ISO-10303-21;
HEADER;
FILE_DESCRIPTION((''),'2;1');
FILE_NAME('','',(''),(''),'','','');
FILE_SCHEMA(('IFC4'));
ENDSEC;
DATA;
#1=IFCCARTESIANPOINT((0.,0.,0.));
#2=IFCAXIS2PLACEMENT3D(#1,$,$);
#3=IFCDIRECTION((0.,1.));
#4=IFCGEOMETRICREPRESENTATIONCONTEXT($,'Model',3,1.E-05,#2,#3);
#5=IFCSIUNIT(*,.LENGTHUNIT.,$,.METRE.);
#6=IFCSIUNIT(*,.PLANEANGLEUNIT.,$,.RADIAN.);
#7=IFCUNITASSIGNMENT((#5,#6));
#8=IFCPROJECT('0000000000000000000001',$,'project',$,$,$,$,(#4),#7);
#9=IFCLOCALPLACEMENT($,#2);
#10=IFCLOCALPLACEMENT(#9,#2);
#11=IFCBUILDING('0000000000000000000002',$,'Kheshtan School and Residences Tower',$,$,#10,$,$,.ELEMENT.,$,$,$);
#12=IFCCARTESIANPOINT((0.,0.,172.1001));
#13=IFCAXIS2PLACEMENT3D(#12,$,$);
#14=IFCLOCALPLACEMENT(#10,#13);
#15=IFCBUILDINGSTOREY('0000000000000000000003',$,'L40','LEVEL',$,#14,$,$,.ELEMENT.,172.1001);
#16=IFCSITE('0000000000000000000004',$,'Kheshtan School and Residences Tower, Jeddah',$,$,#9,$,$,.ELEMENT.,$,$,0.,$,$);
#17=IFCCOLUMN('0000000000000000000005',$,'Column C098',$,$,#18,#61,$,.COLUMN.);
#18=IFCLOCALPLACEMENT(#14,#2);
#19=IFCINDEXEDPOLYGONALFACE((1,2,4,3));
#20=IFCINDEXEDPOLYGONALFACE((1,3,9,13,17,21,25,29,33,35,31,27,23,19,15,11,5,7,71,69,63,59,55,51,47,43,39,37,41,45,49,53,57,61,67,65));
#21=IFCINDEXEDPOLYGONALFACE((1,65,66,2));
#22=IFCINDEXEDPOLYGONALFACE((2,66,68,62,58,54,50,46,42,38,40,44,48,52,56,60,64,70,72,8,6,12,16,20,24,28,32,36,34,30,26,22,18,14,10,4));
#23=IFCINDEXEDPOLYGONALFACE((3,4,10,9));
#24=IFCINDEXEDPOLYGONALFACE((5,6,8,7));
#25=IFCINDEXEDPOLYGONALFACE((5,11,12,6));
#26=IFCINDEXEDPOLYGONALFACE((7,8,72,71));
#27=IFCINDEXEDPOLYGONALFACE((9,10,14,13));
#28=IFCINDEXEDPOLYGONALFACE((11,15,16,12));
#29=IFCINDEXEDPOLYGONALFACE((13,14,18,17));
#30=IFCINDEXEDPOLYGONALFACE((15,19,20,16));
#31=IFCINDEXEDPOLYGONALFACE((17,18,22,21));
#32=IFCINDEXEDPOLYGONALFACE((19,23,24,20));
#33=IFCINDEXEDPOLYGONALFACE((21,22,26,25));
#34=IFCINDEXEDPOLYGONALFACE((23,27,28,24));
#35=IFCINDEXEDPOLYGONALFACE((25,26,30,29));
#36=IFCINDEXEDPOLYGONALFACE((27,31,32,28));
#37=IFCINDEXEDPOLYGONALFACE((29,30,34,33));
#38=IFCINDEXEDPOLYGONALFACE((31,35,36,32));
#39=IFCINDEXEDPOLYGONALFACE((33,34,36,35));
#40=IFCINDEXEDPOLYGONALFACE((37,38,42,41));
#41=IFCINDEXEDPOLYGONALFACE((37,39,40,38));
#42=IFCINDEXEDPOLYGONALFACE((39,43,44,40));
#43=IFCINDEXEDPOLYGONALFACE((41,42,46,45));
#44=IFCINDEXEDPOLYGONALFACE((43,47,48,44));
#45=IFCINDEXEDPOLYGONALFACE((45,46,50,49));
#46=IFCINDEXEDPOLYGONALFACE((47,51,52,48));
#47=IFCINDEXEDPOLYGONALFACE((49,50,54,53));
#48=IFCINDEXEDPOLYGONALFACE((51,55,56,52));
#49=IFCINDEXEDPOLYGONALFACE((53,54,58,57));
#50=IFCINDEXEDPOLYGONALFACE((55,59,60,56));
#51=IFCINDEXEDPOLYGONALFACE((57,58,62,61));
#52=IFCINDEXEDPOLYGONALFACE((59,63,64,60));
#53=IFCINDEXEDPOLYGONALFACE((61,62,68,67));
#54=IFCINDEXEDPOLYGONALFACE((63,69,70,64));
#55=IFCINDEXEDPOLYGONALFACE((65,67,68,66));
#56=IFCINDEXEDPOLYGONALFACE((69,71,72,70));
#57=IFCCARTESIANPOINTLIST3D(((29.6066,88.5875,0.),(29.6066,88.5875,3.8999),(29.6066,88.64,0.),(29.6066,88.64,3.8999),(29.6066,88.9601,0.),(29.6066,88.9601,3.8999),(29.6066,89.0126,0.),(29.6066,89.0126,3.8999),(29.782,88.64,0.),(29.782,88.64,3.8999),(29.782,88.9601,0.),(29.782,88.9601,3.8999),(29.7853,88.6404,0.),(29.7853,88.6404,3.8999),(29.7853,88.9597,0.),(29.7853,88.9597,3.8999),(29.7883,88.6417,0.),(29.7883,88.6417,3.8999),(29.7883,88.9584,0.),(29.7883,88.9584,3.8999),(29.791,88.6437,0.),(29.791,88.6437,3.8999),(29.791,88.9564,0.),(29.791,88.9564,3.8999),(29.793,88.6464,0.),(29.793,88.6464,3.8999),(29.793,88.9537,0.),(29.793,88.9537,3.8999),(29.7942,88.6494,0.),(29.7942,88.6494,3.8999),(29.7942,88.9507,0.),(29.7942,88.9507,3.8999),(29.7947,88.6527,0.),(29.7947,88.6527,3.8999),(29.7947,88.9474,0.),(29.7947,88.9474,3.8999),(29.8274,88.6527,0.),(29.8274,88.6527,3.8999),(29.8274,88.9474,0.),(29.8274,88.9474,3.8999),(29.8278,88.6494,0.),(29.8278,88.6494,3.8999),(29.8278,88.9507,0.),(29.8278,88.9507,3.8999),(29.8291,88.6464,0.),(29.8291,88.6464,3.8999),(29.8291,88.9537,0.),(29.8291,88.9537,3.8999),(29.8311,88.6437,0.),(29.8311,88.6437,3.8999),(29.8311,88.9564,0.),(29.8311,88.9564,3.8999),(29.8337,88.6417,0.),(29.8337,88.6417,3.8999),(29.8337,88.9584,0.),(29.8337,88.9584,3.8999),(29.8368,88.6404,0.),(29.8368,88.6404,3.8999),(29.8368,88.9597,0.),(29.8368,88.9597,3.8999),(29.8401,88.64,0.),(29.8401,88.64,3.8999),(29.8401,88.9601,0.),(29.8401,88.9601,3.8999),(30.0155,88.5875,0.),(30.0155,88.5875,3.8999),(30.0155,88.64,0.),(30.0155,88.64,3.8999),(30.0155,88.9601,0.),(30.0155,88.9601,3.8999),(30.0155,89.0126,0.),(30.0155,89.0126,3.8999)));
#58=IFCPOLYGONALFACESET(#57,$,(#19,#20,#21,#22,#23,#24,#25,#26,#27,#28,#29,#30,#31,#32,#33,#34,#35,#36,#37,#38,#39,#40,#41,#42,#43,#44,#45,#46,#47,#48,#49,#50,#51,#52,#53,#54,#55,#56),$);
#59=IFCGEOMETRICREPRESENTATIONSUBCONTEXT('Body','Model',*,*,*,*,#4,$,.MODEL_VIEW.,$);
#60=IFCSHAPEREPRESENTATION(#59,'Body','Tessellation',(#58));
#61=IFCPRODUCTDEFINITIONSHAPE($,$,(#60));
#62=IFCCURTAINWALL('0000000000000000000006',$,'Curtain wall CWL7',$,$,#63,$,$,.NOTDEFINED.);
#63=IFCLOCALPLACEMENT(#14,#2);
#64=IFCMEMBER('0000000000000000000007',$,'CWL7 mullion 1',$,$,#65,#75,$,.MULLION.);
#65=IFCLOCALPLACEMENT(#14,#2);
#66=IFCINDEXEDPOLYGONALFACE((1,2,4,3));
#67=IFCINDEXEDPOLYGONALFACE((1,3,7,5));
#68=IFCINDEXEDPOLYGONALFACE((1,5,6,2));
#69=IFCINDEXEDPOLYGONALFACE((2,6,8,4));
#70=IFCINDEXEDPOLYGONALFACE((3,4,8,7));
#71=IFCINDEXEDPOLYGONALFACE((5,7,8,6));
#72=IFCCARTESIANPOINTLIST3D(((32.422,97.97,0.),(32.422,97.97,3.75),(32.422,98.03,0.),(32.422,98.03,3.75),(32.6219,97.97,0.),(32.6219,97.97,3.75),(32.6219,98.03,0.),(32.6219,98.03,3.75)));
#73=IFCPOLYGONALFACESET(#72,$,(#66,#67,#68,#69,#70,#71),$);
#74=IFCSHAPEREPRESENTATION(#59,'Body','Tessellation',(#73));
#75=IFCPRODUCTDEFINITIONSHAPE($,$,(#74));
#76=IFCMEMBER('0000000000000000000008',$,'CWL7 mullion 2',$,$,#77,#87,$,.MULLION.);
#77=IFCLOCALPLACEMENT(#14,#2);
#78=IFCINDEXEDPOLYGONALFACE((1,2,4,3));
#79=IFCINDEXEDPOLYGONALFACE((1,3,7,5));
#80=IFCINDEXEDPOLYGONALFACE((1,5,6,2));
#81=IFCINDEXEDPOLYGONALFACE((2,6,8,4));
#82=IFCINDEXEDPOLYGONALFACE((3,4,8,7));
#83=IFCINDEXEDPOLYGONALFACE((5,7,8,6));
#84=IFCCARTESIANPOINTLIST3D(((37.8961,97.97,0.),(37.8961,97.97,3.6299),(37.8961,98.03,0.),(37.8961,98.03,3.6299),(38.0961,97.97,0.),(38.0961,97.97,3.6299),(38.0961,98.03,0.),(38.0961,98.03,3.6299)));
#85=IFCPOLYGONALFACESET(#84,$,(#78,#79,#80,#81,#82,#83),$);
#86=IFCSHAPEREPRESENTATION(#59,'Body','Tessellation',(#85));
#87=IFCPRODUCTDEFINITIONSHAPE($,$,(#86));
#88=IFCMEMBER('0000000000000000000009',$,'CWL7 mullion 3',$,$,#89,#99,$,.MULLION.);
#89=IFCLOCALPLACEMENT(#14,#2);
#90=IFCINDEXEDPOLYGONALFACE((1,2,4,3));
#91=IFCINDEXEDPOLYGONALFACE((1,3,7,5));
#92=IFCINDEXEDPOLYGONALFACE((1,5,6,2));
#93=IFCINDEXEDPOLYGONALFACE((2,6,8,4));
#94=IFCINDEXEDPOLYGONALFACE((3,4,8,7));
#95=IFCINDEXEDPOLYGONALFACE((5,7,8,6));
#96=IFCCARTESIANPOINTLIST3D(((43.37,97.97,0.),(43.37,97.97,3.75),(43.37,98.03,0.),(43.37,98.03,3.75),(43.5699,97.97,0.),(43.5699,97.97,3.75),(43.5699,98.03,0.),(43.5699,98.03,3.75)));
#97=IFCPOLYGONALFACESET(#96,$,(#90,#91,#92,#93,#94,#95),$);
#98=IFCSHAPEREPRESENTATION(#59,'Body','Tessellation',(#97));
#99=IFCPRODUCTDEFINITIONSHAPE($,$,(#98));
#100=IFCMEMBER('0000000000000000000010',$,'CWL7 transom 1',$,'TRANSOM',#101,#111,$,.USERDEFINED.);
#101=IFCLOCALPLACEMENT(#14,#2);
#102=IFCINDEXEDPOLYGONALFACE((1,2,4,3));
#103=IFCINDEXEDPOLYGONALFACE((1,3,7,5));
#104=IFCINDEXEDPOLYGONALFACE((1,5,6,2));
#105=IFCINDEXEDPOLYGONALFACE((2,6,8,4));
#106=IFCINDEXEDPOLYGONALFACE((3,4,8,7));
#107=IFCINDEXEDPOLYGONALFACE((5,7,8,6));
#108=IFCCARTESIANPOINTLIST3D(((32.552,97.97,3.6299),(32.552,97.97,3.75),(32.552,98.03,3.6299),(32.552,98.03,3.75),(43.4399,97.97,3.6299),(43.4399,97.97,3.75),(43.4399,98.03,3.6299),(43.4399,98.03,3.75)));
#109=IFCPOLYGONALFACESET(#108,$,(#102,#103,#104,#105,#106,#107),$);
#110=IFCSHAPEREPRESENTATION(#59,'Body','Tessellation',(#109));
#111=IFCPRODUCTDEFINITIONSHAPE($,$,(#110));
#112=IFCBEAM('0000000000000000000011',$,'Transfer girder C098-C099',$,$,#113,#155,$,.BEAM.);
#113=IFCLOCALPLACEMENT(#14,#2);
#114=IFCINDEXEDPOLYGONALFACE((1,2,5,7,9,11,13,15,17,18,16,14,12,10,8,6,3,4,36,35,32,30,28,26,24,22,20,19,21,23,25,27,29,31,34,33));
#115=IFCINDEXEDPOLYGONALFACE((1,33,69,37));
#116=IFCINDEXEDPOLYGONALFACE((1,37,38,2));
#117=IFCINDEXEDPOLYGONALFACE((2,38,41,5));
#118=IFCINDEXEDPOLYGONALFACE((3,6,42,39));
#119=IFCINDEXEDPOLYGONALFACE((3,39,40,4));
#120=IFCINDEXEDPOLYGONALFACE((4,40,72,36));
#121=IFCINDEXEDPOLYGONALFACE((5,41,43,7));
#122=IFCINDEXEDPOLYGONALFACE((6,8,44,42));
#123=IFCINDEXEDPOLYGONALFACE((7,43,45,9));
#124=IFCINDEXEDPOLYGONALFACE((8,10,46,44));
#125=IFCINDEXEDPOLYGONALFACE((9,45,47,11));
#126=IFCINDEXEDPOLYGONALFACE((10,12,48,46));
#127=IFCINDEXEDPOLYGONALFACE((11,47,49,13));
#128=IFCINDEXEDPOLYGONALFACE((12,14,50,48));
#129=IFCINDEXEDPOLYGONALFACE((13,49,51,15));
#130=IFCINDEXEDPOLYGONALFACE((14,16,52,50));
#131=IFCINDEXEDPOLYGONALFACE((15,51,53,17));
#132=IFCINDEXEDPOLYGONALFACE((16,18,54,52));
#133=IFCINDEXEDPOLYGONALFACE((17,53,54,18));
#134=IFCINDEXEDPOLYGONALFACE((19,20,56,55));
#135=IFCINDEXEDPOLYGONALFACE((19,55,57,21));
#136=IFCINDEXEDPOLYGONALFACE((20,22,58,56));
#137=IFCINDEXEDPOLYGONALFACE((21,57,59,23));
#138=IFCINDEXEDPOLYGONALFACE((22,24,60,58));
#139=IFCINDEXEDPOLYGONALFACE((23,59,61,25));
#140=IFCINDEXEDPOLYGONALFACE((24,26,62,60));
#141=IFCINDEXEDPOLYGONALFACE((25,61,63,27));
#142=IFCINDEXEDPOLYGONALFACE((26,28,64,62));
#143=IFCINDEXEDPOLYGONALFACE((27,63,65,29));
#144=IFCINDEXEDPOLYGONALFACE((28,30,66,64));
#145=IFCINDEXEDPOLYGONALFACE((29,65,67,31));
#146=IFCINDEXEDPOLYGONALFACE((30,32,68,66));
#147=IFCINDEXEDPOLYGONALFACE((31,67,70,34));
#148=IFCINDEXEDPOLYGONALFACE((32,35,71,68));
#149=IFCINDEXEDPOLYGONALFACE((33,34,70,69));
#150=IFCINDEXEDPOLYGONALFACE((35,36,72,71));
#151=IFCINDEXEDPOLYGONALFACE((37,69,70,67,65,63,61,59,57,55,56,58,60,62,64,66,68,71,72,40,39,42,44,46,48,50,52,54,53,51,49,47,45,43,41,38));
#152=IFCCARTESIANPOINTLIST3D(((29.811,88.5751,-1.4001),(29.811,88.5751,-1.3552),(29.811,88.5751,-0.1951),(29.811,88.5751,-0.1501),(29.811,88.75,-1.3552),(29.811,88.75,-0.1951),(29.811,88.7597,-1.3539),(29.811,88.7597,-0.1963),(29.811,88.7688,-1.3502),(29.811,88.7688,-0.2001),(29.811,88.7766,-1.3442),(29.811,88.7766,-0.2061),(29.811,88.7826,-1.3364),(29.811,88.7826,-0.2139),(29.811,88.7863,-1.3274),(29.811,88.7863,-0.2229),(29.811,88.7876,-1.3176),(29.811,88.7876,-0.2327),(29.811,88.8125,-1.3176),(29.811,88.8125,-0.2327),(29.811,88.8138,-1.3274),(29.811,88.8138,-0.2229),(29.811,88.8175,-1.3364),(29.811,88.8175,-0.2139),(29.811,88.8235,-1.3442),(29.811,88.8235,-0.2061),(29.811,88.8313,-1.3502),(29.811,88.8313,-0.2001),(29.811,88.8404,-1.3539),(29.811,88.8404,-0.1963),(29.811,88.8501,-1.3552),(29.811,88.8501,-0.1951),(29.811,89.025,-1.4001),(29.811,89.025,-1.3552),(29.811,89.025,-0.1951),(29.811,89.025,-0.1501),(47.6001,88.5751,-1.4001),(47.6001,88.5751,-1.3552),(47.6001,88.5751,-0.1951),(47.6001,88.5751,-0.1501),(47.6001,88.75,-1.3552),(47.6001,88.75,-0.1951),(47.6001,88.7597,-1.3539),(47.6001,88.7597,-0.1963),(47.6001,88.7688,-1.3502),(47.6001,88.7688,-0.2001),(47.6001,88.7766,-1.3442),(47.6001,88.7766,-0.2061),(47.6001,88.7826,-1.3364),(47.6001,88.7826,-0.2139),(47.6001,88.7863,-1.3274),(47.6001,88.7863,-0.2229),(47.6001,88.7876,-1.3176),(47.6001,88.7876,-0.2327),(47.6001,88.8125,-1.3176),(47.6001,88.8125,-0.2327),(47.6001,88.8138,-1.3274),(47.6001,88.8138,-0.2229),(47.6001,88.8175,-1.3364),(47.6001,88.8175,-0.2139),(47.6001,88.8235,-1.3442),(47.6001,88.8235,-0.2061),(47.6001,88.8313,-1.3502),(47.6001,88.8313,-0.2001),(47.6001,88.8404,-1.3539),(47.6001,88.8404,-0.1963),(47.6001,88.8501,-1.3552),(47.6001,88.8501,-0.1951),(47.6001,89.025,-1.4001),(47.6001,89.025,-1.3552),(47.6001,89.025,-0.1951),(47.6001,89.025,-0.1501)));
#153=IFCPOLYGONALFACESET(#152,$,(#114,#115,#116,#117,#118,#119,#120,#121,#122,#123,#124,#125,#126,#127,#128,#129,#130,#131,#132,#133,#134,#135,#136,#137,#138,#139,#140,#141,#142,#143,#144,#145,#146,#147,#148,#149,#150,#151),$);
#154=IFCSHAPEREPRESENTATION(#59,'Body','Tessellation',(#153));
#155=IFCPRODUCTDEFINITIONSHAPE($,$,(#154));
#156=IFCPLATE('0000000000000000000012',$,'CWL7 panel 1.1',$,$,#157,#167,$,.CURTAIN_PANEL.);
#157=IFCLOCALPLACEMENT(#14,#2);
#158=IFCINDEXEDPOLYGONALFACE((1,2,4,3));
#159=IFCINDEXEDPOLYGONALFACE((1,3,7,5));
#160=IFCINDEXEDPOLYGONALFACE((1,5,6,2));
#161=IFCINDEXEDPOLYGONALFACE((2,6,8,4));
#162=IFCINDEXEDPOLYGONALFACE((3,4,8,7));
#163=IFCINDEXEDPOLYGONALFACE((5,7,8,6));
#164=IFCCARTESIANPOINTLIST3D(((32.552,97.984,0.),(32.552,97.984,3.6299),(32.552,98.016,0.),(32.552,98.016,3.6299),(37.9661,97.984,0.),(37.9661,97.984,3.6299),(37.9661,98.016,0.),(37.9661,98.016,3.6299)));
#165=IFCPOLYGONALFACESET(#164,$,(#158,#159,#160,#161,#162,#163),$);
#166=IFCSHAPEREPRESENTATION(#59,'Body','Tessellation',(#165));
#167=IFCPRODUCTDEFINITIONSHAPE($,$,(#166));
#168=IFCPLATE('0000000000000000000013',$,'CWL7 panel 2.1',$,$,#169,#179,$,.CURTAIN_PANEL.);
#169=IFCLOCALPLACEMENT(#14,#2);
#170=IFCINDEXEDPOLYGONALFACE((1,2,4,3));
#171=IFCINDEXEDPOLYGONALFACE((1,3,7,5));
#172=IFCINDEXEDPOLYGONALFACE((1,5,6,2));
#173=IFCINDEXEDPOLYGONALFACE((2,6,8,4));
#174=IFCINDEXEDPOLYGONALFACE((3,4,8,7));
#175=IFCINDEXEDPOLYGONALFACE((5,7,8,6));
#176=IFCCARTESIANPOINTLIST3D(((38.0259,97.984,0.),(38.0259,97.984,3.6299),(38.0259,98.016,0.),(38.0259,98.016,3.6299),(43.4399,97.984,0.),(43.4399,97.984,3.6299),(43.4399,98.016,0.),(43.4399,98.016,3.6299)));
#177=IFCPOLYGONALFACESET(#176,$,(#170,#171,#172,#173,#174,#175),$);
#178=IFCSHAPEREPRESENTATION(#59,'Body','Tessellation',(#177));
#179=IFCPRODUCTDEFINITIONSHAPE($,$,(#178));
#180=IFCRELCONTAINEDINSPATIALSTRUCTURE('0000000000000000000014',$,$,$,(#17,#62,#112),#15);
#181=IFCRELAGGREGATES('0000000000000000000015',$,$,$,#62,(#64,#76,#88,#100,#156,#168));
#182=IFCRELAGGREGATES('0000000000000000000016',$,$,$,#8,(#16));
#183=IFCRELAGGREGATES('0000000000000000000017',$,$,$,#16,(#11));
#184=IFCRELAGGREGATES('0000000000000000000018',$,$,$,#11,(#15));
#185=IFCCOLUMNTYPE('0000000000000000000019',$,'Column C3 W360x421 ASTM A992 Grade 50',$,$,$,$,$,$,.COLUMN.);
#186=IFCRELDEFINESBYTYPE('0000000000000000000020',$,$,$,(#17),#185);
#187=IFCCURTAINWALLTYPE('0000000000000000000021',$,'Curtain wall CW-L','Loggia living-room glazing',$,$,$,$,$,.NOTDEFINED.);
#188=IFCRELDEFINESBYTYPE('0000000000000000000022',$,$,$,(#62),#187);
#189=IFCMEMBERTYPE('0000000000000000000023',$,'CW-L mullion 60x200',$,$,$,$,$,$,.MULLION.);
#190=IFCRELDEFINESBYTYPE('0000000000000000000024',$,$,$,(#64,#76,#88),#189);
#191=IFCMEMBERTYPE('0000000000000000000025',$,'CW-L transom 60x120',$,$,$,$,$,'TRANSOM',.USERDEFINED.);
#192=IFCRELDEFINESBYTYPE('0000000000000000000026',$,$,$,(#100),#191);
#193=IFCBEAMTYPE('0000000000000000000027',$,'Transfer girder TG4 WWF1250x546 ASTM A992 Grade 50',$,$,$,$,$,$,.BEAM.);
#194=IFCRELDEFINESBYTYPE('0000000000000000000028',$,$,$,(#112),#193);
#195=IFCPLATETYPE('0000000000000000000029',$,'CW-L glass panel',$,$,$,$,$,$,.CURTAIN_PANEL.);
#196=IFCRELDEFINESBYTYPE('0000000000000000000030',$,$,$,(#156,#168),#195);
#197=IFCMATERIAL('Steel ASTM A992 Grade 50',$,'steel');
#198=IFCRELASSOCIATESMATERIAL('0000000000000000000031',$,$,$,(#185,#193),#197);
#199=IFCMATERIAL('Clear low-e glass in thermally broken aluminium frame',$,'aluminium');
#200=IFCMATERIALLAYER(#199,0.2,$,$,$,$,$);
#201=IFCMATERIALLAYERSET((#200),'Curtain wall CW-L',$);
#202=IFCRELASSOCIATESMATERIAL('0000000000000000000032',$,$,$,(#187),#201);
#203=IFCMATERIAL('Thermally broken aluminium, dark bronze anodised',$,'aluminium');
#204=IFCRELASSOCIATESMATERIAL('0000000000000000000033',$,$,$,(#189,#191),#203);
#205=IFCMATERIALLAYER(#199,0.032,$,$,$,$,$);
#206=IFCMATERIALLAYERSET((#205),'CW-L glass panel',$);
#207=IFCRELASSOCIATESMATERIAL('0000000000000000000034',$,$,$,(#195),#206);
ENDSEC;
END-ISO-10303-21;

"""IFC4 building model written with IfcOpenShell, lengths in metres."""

from ifc_helpers import new_model, si_unit, direction, frame, origin, origin_2d, place, context, subcontext, project, spatial, rectangle, i_section, extrude, material, layer, layer_set, material_profile, profile_set, type_object, element, aggregate, save


model = new_model("IFC4")

# Units and contexts
model_context = context("Model", 3, precision=1e-05, world=origin(), true_north=direction((0.0, 1.0)))
body_context = subcontext(model_context, "Body", "Model", "MODEL_VIEW")
ifc_project = project(units=[si_unit("LENGTHUNIT", "METRE"), si_unit("PLANEANGLEUNIT", "RADIAN")], contexts=[model_context])

# Site, building, storey
site_placement = place(None, origin())
site = spatial("IfcSite", under=ifc_project, at=site_placement, Name="Kheshtan School and Residences Tower, Jeddah", CompositionType="ELEMENT", RefElevation=0.0)
building_placement = place(site_placement, origin())
building = spatial("IfcBuilding", under=site, at=building_placement, Name="Kheshtan School and Residences Tower", CompositionType="ELEMENT")
storey_placement = place(building_placement, frame((0.0, 0.0, 172.1001)))
storey = spatial("IfcBuildingStorey", under=building, at=storey_placement, Name="L40", Description="LEVEL", CompositionType="ELEMENT", Elevation=172.1001)

# Column
ifc_material_1 = material(Name="Steel ASTM A992 Grade 50", Category="steel")
ifc_material_profile_1 = material_profile(ifc_material_1, i_section(OverallWidth=0.4089, OverallDepth=0.425, WebThickness=0.0327, FlangeThickness=0.0525, FilletRadius=0.0127, at=origin_2d()), Name="W360x421")
ifc_profile_set_1 = profile_set([ifc_material_profile_1], Name="Steel ASTM A992 Grade 50")
column_type = type_object("IfcColumnType", Name="Column C3 W360x421 ASTM A992 Grade 50", PredefinedType="COLUMN", material=ifc_profile_set_1)
column_placement = place(storey_placement, frame((29.811, 88.8, 0.0), z_axis=(0.0, 0.0, 1.0), x_axis=(1.0, 0.0, 0.0)))
element("IfcColumn", 1, at=column_placement, inside=storey, type_object=column_type, Name="Column C098", PredefinedType="COLUMN", context=body_context, shape_type="SweptSolid", body=[
    extrude(i_section(OverallWidth=0.4089, OverallDepth=0.425, WebThickness=0.0327, FlangeThickness=0.0525, FilletRadius=0.0127, at=origin_2d()), origin(), (0.0, 0.0, 1.0), 3.8999),
])

# Curtain wall, members
ifc_material_2 = material(Name="Clear low-e glass in thermally broken aluminium frame", Category="aluminium")
ifc_layer_1 = layer(ifc_material_2, 0.2)
ifc_layer_set_1 = layer_set([ifc_layer_1], Name="Curtain wall CW-L")
curtain_wall_type = type_object("IfcCurtainWallType", Name="Curtain wall CW-L", Description="Loggia living-room glazing", PredefinedType="NOTDEFINED", material=ifc_layer_set_1)
curtain_wall_placement = place(storey_placement, origin())
curtain_wall = element("IfcCurtainWall", 2, at=curtain_wall_placement, inside=storey, type_object=curtain_wall_type, Name="Curtain wall CWL7", PredefinedType="NOTDEFINED")
ifc_material_3 = material(Name="Thermally broken aluminium, dark bronze anodised", Category="aluminium")
ifc_material_profile_2 = material_profile(ifc_material_3, rectangle(XDim=0.0601, YDim=0.2, at=origin_2d()), Name="CW-L mullion 60x200")
ifc_profile_set_2 = profile_set([ifc_material_profile_2], Name="Thermally broken aluminium, dark bronze anodised")
member_type_1 = type_object("IfcMemberType", Name="CW-L mullion 60x200", PredefinedType="MULLION", material=ifc_profile_set_2)
member_1_placement = place(storey_placement, frame((32.522, 98.0, 0.0), z_axis=(0.0, 0.0, 1.0), x_axis=(0.0, 1.0, 0.0)))
member_1 = element("IfcMember", 3, at=member_1_placement, type_object=member_type_1, Name="CWL7 mullion 1", PredefinedType="MULLION", context=body_context, shape_type="SweptSolid", body=[
    extrude(rectangle(XDim=0.0601, YDim=0.2, at=origin_2d()), origin(), (0.0, 0.0, 1.0), 3.75),
])
member_2_placement = place(storey_placement, frame((37.9961, 98.0, 0.0), z_axis=(0.0, 0.0, 1.0), x_axis=(0.0, 1.0, 0.0)))
member_2 = element("IfcMember", 4, at=member_2_placement, type_object=member_type_1, Name="CWL7 mullion 2", PredefinedType="MULLION", context=body_context, shape_type="SweptSolid", body=[
    extrude(rectangle(XDim=0.0601, YDim=0.2, at=origin_2d()), origin(), (0.0, 0.0, 1.0), 3.6299),
])
member_3_placement = place(storey_placement, frame((43.47, 98.0, 0.0), z_axis=(0.0, 0.0, 1.0), x_axis=(0.0, 1.0, 0.0)))
member_3 = element("IfcMember", 5, at=member_3_placement, type_object=member_type_1, Name="CWL7 mullion 3", PredefinedType="MULLION", context=body_context, shape_type="SweptSolid", body=[
    extrude(rectangle(XDim=0.0601, YDim=0.2, at=origin_2d()), origin(), (0.0, 0.0, 1.0), 3.75),
])
ifc_material_profile_3 = material_profile(ifc_material_3, rectangle(XDim=0.0601, YDim=0.1201, at=origin_2d()), Name="CW-L transom 60x120")
ifc_profile_set_3 = profile_set([ifc_material_profile_3], Name="Thermally broken aluminium, dark bronze anodised")
member_type_2 = type_object("IfcMemberType", Name="CW-L transom 60x120", ElementType="TRANSOM", PredefinedType="USERDEFINED", material=ifc_profile_set_3)
member_4_placement = place(storey_placement, frame((32.552, 98.0, 3.6899), z_axis=(1.0, 0.0, 0.0), x_axis=(0.0, 1.0, 0.0)))
member_4 = element("IfcMember", 6, at=member_4_placement, type_object=member_type_2, Name="CWL7 transom 1", ObjectType="TRANSOM", PredefinedType="USERDEFINED", context=body_context, shape_type="SweptSolid", body=[
    extrude(rectangle(XDim=0.0601, YDim=0.1201, at=origin_2d()), origin(), (0.0, 0.0, 1.0), 10.8879),
])

# Beam
ifc_material_profile_4 = material_profile(ifc_material_1, i_section(OverallWidth=0.45, OverallDepth=1.25, WebThickness=0.0249, FlangeThickness=0.0449, FilletRadius=0.0376, at=origin_2d()), Name="WWF1250x546")
ifc_profile_set_4 = profile_set([ifc_material_profile_4], Name="Steel ASTM A992 Grade 50")
beam_type = type_object("IfcBeamType", Name="Transfer girder TG4 WWF1250x546 ASTM A992 Grade 50", PredefinedType="BEAM", material=ifc_profile_set_4)
beam_placement = place(storey_placement, frame((29.811, 88.8, -0.7751), z_axis=(1.0, 0.0, 0.0), x_axis=(0.0, 1.0, 0.0)))
element("IfcBeam", 7, at=beam_placement, inside=storey, type_object=beam_type, Name="Transfer girder C098-C099", PredefinedType="BEAM", context=body_context, shape_type="SweptSolid", body=[
    extrude(i_section(OverallWidth=0.45, OverallDepth=1.25, WebThickness=0.0249, FlangeThickness=0.0449, FilletRadius=0.0376, at=origin_2d()), origin(), (0.0, 0.0, 1.0), 17.7891),
])

# Plates
ifc_layer_2 = layer(ifc_material_2, 0.032)
ifc_layer_set_2 = layer_set([ifc_layer_2], Name="CW-L glass panel")
plate_type = type_object("IfcPlateType", Name="CW-L glass panel", PredefinedType="CURTAIN_PANEL", material=ifc_layer_set_2)
plate_1_placement = place(storey_placement, frame((35.259, 98.0, 0.0), z_axis=(0.0, 0.0, 1.0), x_axis=(1.0, 0.0, 0.0)))
plate_1 = element("IfcPlate", 8, at=plate_1_placement, type_object=plate_type, Name="CWL7 panel 1.1", PredefinedType="CURTAIN_PANEL", context=body_context, shape_type="SweptSolid", body=[
    extrude(rectangle(XDim=5.4141, YDim=0.032, at=origin_2d()), origin(), (0.0, 0.0, 1.0), 3.6299),
])
plate_2_placement = place(storey_placement, frame((40.7329, 98.0, 0.0), z_axis=(0.0, 0.0, 1.0), x_axis=(1.0, 0.0, 0.0)))
plate_2 = element("IfcPlate", 9, at=plate_2_placement, type_object=plate_type, Name="CWL7 panel 2.1", PredefinedType="CURTAIN_PANEL", context=body_context, shape_type="SweptSolid", body=[
    extrude(rectangle(XDim=5.4141, YDim=0.032, at=origin_2d()), origin(), (0.0, 0.0, 1.0), 3.6299),
])
aggregate(curtain_wall, [member_1, member_2, member_3, member_4, plate_1, plate_2])

save(model, "model.ifc")
